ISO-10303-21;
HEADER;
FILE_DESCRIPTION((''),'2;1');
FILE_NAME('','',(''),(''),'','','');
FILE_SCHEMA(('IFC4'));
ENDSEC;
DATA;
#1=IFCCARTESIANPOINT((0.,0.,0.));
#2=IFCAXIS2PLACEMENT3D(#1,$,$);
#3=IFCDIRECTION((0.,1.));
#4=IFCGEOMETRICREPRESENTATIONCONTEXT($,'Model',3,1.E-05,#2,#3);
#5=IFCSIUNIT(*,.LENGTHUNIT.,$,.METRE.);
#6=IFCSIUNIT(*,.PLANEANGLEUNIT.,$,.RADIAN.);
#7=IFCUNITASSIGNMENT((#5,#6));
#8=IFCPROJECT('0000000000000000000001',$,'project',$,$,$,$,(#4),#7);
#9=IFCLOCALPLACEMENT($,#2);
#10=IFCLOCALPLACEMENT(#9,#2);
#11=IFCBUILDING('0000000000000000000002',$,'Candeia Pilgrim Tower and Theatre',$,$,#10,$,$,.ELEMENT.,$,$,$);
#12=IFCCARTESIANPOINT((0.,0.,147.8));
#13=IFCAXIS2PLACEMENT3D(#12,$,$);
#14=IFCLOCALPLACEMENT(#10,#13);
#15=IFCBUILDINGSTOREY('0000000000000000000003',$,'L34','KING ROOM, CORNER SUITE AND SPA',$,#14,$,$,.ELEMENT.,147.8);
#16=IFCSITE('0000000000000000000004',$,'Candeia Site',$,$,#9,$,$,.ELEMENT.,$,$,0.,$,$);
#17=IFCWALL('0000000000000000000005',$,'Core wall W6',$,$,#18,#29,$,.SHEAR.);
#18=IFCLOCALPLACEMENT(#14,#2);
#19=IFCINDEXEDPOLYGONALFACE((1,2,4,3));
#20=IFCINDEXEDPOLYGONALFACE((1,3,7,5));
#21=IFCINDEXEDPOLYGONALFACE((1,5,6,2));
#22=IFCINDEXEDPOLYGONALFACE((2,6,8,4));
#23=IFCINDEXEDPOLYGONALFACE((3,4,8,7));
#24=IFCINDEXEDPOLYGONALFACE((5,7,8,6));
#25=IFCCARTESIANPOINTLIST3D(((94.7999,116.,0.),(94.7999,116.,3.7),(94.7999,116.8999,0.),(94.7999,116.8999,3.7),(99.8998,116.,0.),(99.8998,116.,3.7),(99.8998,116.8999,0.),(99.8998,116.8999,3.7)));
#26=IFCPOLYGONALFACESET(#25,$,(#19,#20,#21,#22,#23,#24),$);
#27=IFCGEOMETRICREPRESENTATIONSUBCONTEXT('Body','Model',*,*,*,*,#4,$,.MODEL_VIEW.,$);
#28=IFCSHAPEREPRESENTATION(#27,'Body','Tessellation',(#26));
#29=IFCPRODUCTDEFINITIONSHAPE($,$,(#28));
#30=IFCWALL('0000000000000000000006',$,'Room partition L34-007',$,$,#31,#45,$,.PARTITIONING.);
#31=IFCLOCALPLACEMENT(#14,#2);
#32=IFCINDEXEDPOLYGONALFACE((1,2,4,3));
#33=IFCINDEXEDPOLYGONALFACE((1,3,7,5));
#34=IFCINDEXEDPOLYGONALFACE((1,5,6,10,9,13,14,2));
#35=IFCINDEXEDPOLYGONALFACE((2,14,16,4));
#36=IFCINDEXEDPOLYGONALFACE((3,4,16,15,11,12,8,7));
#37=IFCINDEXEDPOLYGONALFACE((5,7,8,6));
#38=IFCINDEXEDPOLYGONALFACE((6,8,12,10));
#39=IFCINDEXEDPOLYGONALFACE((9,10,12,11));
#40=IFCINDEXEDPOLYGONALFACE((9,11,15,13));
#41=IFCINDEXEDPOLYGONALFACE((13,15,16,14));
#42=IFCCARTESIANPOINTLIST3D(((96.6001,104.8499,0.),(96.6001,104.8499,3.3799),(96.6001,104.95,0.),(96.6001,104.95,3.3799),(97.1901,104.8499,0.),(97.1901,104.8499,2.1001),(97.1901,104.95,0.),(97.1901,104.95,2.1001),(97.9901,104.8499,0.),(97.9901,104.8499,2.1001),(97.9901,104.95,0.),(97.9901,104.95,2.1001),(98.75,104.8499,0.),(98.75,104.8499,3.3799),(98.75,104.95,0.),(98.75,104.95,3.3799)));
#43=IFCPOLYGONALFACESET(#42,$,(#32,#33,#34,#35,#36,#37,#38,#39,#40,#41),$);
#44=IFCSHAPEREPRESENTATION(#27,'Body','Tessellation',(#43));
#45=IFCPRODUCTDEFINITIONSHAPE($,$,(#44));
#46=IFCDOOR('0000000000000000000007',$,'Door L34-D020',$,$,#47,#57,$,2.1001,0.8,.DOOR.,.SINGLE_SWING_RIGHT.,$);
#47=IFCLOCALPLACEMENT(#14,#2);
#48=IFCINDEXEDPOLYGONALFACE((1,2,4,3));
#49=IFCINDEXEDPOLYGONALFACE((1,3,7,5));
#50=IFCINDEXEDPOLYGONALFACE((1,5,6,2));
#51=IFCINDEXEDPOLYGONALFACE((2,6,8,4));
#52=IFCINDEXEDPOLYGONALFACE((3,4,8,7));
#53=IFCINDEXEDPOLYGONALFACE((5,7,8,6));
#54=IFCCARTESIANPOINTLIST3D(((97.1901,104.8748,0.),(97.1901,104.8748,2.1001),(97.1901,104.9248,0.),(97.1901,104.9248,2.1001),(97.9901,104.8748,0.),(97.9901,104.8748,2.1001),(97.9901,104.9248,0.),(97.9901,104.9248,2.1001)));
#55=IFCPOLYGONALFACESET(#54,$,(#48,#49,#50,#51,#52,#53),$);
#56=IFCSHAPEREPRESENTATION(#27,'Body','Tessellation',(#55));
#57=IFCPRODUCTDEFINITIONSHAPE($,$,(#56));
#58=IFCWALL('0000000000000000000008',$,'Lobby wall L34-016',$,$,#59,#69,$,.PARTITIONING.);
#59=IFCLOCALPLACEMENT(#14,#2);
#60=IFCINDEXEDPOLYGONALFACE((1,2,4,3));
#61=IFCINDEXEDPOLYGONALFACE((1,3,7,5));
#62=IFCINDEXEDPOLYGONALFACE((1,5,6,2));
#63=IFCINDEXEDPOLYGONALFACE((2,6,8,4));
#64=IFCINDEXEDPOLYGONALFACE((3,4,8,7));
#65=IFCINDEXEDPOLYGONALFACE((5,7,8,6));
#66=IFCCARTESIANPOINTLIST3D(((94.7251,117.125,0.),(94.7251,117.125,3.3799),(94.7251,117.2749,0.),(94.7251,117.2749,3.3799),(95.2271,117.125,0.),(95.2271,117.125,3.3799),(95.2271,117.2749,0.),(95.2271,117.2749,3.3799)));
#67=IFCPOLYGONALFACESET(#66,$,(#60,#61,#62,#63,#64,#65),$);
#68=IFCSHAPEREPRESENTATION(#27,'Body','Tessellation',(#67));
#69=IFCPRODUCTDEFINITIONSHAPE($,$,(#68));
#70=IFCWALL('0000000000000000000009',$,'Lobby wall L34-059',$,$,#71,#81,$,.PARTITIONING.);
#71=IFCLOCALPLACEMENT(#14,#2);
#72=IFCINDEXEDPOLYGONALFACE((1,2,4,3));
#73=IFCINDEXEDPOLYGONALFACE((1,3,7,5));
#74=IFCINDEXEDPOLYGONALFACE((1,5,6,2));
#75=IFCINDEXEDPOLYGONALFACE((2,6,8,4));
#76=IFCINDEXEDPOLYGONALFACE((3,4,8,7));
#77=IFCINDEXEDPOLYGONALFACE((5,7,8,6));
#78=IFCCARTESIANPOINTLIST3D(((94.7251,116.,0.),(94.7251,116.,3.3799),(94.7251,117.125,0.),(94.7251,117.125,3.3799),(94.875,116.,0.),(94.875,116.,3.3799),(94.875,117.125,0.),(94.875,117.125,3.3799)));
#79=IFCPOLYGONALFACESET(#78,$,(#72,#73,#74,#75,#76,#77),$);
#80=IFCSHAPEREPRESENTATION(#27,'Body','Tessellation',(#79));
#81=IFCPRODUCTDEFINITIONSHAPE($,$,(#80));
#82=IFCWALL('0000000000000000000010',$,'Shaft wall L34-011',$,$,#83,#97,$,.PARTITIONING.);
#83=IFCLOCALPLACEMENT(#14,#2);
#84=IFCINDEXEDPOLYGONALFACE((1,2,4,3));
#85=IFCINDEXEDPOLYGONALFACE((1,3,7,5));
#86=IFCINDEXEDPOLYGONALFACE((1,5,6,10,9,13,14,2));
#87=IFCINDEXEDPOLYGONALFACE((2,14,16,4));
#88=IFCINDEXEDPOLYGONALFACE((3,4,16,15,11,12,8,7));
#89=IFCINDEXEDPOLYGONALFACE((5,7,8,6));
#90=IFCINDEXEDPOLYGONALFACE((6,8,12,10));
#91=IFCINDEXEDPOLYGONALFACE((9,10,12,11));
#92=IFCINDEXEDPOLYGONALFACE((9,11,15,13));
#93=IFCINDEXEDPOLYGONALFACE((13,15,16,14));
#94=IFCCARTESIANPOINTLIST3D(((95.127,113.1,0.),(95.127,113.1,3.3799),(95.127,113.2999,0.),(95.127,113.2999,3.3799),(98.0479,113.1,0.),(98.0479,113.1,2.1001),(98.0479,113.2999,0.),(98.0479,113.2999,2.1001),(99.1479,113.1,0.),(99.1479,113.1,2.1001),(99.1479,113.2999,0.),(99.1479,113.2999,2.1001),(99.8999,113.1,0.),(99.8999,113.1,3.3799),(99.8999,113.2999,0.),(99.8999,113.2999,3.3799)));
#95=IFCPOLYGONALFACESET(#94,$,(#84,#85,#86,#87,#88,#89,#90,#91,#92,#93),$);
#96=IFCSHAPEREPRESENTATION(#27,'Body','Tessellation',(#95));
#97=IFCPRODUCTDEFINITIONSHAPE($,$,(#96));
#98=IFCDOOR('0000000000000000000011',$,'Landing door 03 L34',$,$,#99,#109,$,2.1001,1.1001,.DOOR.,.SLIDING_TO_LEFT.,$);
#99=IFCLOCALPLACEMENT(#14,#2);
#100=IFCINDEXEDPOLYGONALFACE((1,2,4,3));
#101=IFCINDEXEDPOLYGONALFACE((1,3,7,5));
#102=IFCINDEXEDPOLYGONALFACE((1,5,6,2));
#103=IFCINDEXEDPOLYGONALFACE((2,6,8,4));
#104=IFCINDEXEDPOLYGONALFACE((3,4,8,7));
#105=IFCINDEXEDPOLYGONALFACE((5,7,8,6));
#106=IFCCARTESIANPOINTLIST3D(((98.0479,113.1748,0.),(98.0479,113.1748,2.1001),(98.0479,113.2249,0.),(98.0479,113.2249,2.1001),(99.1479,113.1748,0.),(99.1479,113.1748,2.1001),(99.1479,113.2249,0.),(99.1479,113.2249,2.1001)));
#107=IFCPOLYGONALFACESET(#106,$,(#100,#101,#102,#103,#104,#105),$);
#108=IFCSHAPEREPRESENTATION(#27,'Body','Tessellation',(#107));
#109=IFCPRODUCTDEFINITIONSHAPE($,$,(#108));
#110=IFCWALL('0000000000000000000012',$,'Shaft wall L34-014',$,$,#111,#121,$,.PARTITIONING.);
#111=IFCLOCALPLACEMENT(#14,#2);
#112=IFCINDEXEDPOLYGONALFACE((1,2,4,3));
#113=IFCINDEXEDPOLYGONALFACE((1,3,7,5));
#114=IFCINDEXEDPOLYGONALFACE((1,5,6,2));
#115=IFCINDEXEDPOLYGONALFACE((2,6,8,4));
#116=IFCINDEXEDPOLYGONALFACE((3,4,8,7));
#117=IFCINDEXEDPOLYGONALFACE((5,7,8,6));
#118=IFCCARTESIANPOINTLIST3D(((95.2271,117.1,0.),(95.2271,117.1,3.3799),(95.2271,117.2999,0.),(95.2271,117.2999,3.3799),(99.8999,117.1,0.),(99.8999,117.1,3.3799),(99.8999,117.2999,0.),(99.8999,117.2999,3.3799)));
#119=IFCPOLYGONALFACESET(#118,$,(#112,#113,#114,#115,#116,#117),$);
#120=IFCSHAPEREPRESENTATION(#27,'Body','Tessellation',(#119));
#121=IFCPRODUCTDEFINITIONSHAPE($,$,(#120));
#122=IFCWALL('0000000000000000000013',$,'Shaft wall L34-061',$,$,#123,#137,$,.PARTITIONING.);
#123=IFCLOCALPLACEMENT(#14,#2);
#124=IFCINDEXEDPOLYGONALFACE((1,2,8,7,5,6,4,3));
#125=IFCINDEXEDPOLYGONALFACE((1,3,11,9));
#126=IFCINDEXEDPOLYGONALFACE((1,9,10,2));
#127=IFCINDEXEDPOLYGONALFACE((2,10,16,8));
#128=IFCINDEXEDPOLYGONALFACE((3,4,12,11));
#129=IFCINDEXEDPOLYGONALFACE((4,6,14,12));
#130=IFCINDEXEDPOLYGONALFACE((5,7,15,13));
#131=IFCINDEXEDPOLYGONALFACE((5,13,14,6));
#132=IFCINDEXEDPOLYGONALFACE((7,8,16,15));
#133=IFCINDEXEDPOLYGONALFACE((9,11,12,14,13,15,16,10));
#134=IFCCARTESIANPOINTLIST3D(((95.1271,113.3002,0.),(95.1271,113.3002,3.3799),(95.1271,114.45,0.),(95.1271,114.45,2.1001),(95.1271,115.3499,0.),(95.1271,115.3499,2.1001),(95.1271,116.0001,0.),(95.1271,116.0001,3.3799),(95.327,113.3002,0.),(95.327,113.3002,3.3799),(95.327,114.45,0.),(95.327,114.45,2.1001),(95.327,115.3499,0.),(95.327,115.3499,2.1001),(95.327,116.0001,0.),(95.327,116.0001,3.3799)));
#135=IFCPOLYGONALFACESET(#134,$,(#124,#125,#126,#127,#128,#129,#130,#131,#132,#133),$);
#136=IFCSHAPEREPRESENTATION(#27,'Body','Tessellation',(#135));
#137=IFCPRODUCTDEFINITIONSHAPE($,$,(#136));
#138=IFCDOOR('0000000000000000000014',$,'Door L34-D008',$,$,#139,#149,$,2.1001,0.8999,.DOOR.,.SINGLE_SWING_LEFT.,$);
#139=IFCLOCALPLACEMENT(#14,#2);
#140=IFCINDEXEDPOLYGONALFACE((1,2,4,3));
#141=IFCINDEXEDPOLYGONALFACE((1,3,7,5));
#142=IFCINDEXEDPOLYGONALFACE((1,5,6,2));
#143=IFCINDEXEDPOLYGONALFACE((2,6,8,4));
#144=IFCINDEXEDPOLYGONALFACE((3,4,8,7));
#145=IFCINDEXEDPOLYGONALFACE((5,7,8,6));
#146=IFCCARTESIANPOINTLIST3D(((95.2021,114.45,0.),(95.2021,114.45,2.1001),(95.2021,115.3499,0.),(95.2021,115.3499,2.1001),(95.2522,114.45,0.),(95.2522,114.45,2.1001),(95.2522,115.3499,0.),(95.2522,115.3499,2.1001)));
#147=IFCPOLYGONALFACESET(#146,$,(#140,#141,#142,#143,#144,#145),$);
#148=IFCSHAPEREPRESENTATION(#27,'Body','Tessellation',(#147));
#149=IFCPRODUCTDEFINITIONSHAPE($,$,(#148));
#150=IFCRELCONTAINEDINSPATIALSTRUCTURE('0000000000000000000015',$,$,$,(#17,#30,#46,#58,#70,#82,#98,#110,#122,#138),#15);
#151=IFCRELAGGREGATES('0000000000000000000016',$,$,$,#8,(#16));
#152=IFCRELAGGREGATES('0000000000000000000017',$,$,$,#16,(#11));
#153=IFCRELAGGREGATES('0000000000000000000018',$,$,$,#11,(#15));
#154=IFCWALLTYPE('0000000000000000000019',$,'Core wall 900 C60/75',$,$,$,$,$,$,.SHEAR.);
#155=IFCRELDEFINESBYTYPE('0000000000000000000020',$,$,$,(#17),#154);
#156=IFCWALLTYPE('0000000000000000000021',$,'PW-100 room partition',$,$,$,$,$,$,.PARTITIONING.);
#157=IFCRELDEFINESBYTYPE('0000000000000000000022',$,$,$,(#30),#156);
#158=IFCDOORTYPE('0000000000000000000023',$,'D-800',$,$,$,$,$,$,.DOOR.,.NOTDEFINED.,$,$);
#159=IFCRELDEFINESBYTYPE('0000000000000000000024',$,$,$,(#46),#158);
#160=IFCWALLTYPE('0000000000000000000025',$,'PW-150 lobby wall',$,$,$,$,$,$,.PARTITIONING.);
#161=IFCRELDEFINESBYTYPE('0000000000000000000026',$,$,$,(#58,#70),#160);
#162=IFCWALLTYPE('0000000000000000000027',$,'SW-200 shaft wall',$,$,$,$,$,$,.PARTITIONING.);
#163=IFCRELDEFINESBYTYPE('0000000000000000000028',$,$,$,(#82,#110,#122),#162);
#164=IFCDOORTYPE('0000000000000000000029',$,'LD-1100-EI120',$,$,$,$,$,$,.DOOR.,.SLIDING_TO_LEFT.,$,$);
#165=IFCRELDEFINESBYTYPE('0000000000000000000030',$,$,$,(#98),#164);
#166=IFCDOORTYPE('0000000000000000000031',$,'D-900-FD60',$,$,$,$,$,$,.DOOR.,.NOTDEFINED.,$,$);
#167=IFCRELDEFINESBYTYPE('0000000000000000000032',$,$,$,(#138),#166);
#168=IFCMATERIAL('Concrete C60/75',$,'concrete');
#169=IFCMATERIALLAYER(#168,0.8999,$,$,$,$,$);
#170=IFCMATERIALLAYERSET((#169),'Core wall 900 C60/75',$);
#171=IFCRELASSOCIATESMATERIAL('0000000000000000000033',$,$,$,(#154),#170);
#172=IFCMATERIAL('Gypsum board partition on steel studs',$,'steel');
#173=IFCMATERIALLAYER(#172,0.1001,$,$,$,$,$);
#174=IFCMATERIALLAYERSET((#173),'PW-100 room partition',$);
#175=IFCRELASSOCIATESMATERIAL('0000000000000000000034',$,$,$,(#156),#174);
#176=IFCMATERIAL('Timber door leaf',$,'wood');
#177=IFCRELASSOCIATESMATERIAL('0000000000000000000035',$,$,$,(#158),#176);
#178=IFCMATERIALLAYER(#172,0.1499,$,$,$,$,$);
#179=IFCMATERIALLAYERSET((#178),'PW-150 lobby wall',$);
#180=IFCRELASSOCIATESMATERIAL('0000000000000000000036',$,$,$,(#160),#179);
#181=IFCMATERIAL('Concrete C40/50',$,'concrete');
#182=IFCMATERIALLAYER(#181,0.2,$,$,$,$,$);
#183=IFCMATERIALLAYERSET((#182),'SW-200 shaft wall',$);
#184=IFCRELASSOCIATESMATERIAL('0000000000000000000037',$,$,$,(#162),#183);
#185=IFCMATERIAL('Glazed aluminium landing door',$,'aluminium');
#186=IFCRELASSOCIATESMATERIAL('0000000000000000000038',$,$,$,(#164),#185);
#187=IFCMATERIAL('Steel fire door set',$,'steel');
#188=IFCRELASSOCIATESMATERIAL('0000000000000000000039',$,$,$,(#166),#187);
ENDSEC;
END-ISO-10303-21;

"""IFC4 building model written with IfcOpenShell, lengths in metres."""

from ifc_helpers import new_model, si_unit, direction, frame, frame_2d, origin, place, context, subcontext, project, spatial, rectangle, extrude, material, layer, layer_set, type_object, element, fill, save


model = new_model("IFC4")

# Units and contexts
model_context = context("Model", 3, precision=1e-05, world=origin(), true_north=direction((0.0, 1.0)))
body_context = subcontext(model_context, "Body", "Model", "MODEL_VIEW")
ifc_project = project(units=[si_unit("LENGTHUNIT", "METRE"), si_unit("PLANEANGLEUNIT", "RADIAN")], contexts=[model_context])

# Site, building, storey
site_placement = place(None, origin())
site = spatial("IfcSite", under=ifc_project, at=site_placement, Name="Candeia Site", CompositionType="ELEMENT", RefElevation=0.0)
building_placement = place(site_placement, origin())
building = spatial("IfcBuilding", under=site, at=building_placement, Name="Candeia Pilgrim Tower and Theatre", CompositionType="ELEMENT")
storey_placement = place(building_placement, frame((0.0, 0.0, 147.8)))
storey = spatial("IfcBuildingStorey", under=building, at=storey_placement, Name="L34", Description="KING ROOM, CORNER SUITE AND SPA", CompositionType="ELEMENT", Elevation=147.8)

# Wall
ifc_material_1 = material(Name="Concrete C60/75", Category="concrete")
ifc_layer_1 = layer(ifc_material_1, 0.8999)
ifc_layer_set_1 = layer_set([ifc_layer_1], Name="Core wall 900 C60/75")
wall_type_1 = type_object("IfcWallType", Name="Core wall 900 C60/75", PredefinedType="SHEAR", material=ifc_layer_set_1)
wall_1_placement = place(storey_placement, frame((94.8, 116.45, 0.0), z_axis=(0.0, 0.0, 1.0), x_axis=(1.0, 0.0, 0.0)))
element("IfcWall", 1, at=wall_1_placement, inside=storey, type_object=wall_type_1, Name="Core wall W6", PredefinedType="SHEAR", context=body_context, shape_type="SweptSolid", body=[
    extrude(rectangle(XDim=5.0999, YDim=0.8999, at=frame_2d((2.5498, 0.0))), origin(), (0.0, 0.0, 1.0), 3.7),
])

# Wall, opening, door
ifc_material_2 = material(Name="Gypsum board partition on steel studs", Category="steel")
ifc_layer_2 = layer(ifc_material_2, 0.1001)
ifc_layer_set_2 = layer_set([ifc_layer_2], Name="PW-100 room partition")
wall_type_2 = type_object("IfcWallType", Name="PW-100 room partition", PredefinedType="PARTITIONING", material=ifc_layer_set_2)
wall_2_placement = place(storey_placement, frame((96.6001, 104.8999, 0.0), z_axis=(0.0, 0.0, 1.0), x_axis=(1.0, 0.0, 0.0)))
wall_2 = element("IfcWall", 2, at=wall_2_placement, inside=storey, type_object=wall_type_2, Name="Room partition L34-007", PredefinedType="PARTITIONING", context=body_context, shape_type="SweptSolid", body=[
    extrude(rectangle(XDim=2.1499, YDim=0.1001, at=frame_2d((1.075, 0.0))), origin(), (0.0, 0.0, 1.0), 3.3799),
])
opening_1_placement = place(wall_2_placement, frame((0.5901, 0.0, 0.0)))
opening_1 = element("IfcOpeningElement", 3, at=opening_1_placement, cuts=wall_2, PredefinedType="OPENING", context=body_context, shape_type="SweptSolid", body=[
    extrude(rectangle(XDim=0.8, YDim=2.1001, at=frame_2d((0.3999, 1.05))), frame((0.0, 0.0601, 0.0), z_axis=(0.0, -1.0, 0.0), x_axis=(1.0, 0.0, 0.0)), (0.0, 0.0, 1.0), 0.1201),
])
ifc_material_3 = material(Name="Timber door leaf", Category="wood")
door_type_1 = type_object("IfcDoorType", Name="D-800", OperationType="NOTDEFINED", PredefinedType="DOOR", material=ifc_material_3)
door_1_placement = place(opening_1_placement, origin())
door_1 = element("IfcDoor", 4, at=door_1_placement, inside=storey, type_object=door_type_1, Name="Door L34-D020", OperationType="SINGLE_SWING_RIGHT", OverallHeight=2.1001, OverallWidth=0.8, PredefinedType="DOOR", context=body_context, shape_type="SweptSolid", body=[
    extrude(rectangle(XDim=0.8, YDim=2.1001, at=frame_2d((0.3999, 1.05))), frame((0.0, 0.0249, 0.0), z_axis=(0.0, -1.0, 0.0), x_axis=(1.0, 0.0, 0.0)), (0.0, 0.0, 1.0), 0.05),
])
fill(opening_1, door_1)

# Walls
ifc_layer_3 = layer(ifc_material_2, 0.1499)
ifc_layer_set_3 = layer_set([ifc_layer_3], Name="PW-150 lobby wall")
wall_type_3 = type_object("IfcWallType", Name="PW-150 lobby wall", PredefinedType="PARTITIONING", material=ifc_layer_set_3)
wall_3_placement = place(storey_placement, frame((94.7251, 117.2, 0.0), z_axis=(0.0, 0.0, 1.0), x_axis=(1.0, 0.0, 0.0)))
element("IfcWall", 5, at=wall_3_placement, inside=storey, type_object=wall_type_3, Name="Lobby wall L34-016", PredefinedType="PARTITIONING", context=body_context, shape_type="SweptSolid", body=[
    extrude(rectangle(XDim=0.502, YDim=0.1499, at=frame_2d((0.251, 0.0))), origin(), (0.0, 0.0, 1.0), 3.3799),
])
wall_4_placement = place(storey_placement, frame((94.8, 116.0, 0.0), z_axis=(0.0, 0.0, 1.0), x_axis=(0.0, 1.0, 0.0)))
element("IfcWall", 6, at=wall_4_placement, inside=storey, type_object=wall_type_3, Name="Lobby wall L34-059", PredefinedType="PARTITIONING", context=body_context, shape_type="SweptSolid", body=[
    extrude(rectangle(XDim=1.125, YDim=0.1499, at=frame_2d((0.5625, 0.0))), origin(), (0.0, 0.0, 1.0), 3.3799),
])

# Wall, opening, door
ifc_material_4 = material(Name="Concrete C40/50", Category="concrete")
ifc_layer_4 = layer(ifc_material_4, 0.2)
ifc_layer_set_4 = layer_set([ifc_layer_4], Name="SW-200 shaft wall")
wall_type_4 = type_object("IfcWallType", Name="SW-200 shaft wall", PredefinedType="PARTITIONING", material=ifc_layer_set_4)
wall_5_placement = place(storey_placement, frame((95.127, 113.2, 0.0), z_axis=(0.0, 0.0, 1.0), x_axis=(1.0, 0.0, 0.0)))
wall_5 = element("IfcWall", 7, at=wall_5_placement, inside=storey, type_object=wall_type_4, Name="Shaft wall L34-011", PredefinedType="PARTITIONING", context=body_context, shape_type="SweptSolid", body=[
    extrude(rectangle(XDim=4.7729, YDim=0.2, at=frame_2d((2.3865, 0.0))), origin(), (0.0, 0.0, 1.0), 3.3799),
])
opening_2_placement = place(wall_5_placement, frame((2.9209, 0.0, 0.0)))
opening_2 = element("IfcOpeningElement", 8, at=opening_2_placement, cuts=wall_5, PredefinedType="OPENING", context=body_context, shape_type="SweptSolid", body=[
    extrude(rectangle(XDim=1.1001, YDim=2.1001, at=frame_2d((0.55, 1.05))), frame((0.0, 0.1099, 0.0), z_axis=(0.0, -1.0, 0.0), x_axis=(1.0, 0.0, 0.0)), (0.0, 0.0, 1.0), 0.22),
])
ifc_material_5 = material(Name="Glazed aluminium landing door", Category="aluminium")
door_type_2 = type_object("IfcDoorType", Name="LD-1100-EI120", OperationType="SLIDING_TO_LEFT", PredefinedType="DOOR", material=ifc_material_5)
door_2_placement = place(opening_2_placement, origin())
door_2 = element("IfcDoor", 9, at=door_2_placement, inside=storey, type_object=door_type_2, Name="Landing door 03 L34", OperationType="SLIDING_TO_LEFT", OverallHeight=2.1001, OverallWidth=1.1001, PredefinedType="DOOR", context=body_context, shape_type="SweptSolid", body=[
    extrude(rectangle(XDim=1.1001, YDim=2.1001, at=frame_2d((0.55, 1.05))), frame((0.0, 0.0249, 0.0), z_axis=(0.0, -1.0, 0.0), x_axis=(1.0, 0.0, 0.0)), (0.0, 0.0, 1.0), 0.05),
])
fill(opening_2, door_2)

# Wall
wall_6_placement = place(storey_placement, frame((95.2271, 117.2, 0.0), z_axis=(0.0, 0.0, 1.0), x_axis=(1.0, 0.0, 0.0)))
element("IfcWall", 10, at=wall_6_placement, inside=storey, type_object=wall_type_4, Name="Shaft wall L34-014", PredefinedType="PARTITIONING", context=body_context, shape_type="SweptSolid", body=[
    extrude(rectangle(XDim=4.6729, YDim=0.2, at=frame_2d((2.3364, 0.0))), origin(), (0.0, 0.0, 1.0), 3.3799),
])

# Wall, opening, door
wall_7_placement = place(storey_placement, frame((95.2271, 113.3, 0.0), z_axis=(0.0, 0.0, 1.0), x_axis=(0.0, 1.0, 0.0)))
wall_7 = element("IfcWall", 11, at=wall_7_placement, inside=storey, type_object=wall_type_4, Name="Shaft wall L34-061", PredefinedType="PARTITIONING", context=body_context, shape_type="SweptSolid", body=[
    extrude(rectangle(XDim=2.7, YDim=0.2, at=frame_2d((1.3501, 0.0))), origin(), (0.0, 0.0, 1.0), 3.3799),
])
opening_3_placement = place(wall_7_placement, frame((1.1499, 0.0, 0.0)))
opening_3 = element("IfcOpeningElement", 12, at=opening_3_placement, cuts=wall_7, PredefinedType="OPENING", context=body_context, shape_type="SweptSolid", body=[
    extrude(rectangle(XDim=0.8999, YDim=2.1001, at=frame_2d((0.45, 1.05))), frame((0.0, 0.1099, 0.0), z_axis=(0.0, -1.0, 0.0), x_axis=(1.0, 0.0, 0.0)), (0.0, 0.0, 1.0), 0.22),
])
ifc_material_6 = material(Name="Steel fire door set", Category="steel")
door_type_3 = type_object("IfcDoorType", Name="D-900-FD60", OperationType="NOTDEFINED", PredefinedType="DOOR", material=ifc_material_6)
door_3_placement = place(opening_3_placement, origin())
door_3 = element("IfcDoor", 13, at=door_3_placement, inside=storey, type_object=door_type_3, Name="Door L34-D008", OperationType="SINGLE_SWING_LEFT", OverallHeight=2.1001, OverallWidth=0.8999, PredefinedType="DOOR", context=body_context, shape_type="SweptSolid", body=[
    extrude(rectangle(XDim=0.8999, YDim=2.1001, at=frame_2d((0.45, 1.05))), frame((0.0, 0.0249, 0.0), z_axis=(0.0, -1.0, 0.0), x_axis=(1.0, 0.0, 0.0)), (0.0, 0.0, 1.0), 0.05),
])
fill(opening_3, door_3)

save(model, "model.ifc")
